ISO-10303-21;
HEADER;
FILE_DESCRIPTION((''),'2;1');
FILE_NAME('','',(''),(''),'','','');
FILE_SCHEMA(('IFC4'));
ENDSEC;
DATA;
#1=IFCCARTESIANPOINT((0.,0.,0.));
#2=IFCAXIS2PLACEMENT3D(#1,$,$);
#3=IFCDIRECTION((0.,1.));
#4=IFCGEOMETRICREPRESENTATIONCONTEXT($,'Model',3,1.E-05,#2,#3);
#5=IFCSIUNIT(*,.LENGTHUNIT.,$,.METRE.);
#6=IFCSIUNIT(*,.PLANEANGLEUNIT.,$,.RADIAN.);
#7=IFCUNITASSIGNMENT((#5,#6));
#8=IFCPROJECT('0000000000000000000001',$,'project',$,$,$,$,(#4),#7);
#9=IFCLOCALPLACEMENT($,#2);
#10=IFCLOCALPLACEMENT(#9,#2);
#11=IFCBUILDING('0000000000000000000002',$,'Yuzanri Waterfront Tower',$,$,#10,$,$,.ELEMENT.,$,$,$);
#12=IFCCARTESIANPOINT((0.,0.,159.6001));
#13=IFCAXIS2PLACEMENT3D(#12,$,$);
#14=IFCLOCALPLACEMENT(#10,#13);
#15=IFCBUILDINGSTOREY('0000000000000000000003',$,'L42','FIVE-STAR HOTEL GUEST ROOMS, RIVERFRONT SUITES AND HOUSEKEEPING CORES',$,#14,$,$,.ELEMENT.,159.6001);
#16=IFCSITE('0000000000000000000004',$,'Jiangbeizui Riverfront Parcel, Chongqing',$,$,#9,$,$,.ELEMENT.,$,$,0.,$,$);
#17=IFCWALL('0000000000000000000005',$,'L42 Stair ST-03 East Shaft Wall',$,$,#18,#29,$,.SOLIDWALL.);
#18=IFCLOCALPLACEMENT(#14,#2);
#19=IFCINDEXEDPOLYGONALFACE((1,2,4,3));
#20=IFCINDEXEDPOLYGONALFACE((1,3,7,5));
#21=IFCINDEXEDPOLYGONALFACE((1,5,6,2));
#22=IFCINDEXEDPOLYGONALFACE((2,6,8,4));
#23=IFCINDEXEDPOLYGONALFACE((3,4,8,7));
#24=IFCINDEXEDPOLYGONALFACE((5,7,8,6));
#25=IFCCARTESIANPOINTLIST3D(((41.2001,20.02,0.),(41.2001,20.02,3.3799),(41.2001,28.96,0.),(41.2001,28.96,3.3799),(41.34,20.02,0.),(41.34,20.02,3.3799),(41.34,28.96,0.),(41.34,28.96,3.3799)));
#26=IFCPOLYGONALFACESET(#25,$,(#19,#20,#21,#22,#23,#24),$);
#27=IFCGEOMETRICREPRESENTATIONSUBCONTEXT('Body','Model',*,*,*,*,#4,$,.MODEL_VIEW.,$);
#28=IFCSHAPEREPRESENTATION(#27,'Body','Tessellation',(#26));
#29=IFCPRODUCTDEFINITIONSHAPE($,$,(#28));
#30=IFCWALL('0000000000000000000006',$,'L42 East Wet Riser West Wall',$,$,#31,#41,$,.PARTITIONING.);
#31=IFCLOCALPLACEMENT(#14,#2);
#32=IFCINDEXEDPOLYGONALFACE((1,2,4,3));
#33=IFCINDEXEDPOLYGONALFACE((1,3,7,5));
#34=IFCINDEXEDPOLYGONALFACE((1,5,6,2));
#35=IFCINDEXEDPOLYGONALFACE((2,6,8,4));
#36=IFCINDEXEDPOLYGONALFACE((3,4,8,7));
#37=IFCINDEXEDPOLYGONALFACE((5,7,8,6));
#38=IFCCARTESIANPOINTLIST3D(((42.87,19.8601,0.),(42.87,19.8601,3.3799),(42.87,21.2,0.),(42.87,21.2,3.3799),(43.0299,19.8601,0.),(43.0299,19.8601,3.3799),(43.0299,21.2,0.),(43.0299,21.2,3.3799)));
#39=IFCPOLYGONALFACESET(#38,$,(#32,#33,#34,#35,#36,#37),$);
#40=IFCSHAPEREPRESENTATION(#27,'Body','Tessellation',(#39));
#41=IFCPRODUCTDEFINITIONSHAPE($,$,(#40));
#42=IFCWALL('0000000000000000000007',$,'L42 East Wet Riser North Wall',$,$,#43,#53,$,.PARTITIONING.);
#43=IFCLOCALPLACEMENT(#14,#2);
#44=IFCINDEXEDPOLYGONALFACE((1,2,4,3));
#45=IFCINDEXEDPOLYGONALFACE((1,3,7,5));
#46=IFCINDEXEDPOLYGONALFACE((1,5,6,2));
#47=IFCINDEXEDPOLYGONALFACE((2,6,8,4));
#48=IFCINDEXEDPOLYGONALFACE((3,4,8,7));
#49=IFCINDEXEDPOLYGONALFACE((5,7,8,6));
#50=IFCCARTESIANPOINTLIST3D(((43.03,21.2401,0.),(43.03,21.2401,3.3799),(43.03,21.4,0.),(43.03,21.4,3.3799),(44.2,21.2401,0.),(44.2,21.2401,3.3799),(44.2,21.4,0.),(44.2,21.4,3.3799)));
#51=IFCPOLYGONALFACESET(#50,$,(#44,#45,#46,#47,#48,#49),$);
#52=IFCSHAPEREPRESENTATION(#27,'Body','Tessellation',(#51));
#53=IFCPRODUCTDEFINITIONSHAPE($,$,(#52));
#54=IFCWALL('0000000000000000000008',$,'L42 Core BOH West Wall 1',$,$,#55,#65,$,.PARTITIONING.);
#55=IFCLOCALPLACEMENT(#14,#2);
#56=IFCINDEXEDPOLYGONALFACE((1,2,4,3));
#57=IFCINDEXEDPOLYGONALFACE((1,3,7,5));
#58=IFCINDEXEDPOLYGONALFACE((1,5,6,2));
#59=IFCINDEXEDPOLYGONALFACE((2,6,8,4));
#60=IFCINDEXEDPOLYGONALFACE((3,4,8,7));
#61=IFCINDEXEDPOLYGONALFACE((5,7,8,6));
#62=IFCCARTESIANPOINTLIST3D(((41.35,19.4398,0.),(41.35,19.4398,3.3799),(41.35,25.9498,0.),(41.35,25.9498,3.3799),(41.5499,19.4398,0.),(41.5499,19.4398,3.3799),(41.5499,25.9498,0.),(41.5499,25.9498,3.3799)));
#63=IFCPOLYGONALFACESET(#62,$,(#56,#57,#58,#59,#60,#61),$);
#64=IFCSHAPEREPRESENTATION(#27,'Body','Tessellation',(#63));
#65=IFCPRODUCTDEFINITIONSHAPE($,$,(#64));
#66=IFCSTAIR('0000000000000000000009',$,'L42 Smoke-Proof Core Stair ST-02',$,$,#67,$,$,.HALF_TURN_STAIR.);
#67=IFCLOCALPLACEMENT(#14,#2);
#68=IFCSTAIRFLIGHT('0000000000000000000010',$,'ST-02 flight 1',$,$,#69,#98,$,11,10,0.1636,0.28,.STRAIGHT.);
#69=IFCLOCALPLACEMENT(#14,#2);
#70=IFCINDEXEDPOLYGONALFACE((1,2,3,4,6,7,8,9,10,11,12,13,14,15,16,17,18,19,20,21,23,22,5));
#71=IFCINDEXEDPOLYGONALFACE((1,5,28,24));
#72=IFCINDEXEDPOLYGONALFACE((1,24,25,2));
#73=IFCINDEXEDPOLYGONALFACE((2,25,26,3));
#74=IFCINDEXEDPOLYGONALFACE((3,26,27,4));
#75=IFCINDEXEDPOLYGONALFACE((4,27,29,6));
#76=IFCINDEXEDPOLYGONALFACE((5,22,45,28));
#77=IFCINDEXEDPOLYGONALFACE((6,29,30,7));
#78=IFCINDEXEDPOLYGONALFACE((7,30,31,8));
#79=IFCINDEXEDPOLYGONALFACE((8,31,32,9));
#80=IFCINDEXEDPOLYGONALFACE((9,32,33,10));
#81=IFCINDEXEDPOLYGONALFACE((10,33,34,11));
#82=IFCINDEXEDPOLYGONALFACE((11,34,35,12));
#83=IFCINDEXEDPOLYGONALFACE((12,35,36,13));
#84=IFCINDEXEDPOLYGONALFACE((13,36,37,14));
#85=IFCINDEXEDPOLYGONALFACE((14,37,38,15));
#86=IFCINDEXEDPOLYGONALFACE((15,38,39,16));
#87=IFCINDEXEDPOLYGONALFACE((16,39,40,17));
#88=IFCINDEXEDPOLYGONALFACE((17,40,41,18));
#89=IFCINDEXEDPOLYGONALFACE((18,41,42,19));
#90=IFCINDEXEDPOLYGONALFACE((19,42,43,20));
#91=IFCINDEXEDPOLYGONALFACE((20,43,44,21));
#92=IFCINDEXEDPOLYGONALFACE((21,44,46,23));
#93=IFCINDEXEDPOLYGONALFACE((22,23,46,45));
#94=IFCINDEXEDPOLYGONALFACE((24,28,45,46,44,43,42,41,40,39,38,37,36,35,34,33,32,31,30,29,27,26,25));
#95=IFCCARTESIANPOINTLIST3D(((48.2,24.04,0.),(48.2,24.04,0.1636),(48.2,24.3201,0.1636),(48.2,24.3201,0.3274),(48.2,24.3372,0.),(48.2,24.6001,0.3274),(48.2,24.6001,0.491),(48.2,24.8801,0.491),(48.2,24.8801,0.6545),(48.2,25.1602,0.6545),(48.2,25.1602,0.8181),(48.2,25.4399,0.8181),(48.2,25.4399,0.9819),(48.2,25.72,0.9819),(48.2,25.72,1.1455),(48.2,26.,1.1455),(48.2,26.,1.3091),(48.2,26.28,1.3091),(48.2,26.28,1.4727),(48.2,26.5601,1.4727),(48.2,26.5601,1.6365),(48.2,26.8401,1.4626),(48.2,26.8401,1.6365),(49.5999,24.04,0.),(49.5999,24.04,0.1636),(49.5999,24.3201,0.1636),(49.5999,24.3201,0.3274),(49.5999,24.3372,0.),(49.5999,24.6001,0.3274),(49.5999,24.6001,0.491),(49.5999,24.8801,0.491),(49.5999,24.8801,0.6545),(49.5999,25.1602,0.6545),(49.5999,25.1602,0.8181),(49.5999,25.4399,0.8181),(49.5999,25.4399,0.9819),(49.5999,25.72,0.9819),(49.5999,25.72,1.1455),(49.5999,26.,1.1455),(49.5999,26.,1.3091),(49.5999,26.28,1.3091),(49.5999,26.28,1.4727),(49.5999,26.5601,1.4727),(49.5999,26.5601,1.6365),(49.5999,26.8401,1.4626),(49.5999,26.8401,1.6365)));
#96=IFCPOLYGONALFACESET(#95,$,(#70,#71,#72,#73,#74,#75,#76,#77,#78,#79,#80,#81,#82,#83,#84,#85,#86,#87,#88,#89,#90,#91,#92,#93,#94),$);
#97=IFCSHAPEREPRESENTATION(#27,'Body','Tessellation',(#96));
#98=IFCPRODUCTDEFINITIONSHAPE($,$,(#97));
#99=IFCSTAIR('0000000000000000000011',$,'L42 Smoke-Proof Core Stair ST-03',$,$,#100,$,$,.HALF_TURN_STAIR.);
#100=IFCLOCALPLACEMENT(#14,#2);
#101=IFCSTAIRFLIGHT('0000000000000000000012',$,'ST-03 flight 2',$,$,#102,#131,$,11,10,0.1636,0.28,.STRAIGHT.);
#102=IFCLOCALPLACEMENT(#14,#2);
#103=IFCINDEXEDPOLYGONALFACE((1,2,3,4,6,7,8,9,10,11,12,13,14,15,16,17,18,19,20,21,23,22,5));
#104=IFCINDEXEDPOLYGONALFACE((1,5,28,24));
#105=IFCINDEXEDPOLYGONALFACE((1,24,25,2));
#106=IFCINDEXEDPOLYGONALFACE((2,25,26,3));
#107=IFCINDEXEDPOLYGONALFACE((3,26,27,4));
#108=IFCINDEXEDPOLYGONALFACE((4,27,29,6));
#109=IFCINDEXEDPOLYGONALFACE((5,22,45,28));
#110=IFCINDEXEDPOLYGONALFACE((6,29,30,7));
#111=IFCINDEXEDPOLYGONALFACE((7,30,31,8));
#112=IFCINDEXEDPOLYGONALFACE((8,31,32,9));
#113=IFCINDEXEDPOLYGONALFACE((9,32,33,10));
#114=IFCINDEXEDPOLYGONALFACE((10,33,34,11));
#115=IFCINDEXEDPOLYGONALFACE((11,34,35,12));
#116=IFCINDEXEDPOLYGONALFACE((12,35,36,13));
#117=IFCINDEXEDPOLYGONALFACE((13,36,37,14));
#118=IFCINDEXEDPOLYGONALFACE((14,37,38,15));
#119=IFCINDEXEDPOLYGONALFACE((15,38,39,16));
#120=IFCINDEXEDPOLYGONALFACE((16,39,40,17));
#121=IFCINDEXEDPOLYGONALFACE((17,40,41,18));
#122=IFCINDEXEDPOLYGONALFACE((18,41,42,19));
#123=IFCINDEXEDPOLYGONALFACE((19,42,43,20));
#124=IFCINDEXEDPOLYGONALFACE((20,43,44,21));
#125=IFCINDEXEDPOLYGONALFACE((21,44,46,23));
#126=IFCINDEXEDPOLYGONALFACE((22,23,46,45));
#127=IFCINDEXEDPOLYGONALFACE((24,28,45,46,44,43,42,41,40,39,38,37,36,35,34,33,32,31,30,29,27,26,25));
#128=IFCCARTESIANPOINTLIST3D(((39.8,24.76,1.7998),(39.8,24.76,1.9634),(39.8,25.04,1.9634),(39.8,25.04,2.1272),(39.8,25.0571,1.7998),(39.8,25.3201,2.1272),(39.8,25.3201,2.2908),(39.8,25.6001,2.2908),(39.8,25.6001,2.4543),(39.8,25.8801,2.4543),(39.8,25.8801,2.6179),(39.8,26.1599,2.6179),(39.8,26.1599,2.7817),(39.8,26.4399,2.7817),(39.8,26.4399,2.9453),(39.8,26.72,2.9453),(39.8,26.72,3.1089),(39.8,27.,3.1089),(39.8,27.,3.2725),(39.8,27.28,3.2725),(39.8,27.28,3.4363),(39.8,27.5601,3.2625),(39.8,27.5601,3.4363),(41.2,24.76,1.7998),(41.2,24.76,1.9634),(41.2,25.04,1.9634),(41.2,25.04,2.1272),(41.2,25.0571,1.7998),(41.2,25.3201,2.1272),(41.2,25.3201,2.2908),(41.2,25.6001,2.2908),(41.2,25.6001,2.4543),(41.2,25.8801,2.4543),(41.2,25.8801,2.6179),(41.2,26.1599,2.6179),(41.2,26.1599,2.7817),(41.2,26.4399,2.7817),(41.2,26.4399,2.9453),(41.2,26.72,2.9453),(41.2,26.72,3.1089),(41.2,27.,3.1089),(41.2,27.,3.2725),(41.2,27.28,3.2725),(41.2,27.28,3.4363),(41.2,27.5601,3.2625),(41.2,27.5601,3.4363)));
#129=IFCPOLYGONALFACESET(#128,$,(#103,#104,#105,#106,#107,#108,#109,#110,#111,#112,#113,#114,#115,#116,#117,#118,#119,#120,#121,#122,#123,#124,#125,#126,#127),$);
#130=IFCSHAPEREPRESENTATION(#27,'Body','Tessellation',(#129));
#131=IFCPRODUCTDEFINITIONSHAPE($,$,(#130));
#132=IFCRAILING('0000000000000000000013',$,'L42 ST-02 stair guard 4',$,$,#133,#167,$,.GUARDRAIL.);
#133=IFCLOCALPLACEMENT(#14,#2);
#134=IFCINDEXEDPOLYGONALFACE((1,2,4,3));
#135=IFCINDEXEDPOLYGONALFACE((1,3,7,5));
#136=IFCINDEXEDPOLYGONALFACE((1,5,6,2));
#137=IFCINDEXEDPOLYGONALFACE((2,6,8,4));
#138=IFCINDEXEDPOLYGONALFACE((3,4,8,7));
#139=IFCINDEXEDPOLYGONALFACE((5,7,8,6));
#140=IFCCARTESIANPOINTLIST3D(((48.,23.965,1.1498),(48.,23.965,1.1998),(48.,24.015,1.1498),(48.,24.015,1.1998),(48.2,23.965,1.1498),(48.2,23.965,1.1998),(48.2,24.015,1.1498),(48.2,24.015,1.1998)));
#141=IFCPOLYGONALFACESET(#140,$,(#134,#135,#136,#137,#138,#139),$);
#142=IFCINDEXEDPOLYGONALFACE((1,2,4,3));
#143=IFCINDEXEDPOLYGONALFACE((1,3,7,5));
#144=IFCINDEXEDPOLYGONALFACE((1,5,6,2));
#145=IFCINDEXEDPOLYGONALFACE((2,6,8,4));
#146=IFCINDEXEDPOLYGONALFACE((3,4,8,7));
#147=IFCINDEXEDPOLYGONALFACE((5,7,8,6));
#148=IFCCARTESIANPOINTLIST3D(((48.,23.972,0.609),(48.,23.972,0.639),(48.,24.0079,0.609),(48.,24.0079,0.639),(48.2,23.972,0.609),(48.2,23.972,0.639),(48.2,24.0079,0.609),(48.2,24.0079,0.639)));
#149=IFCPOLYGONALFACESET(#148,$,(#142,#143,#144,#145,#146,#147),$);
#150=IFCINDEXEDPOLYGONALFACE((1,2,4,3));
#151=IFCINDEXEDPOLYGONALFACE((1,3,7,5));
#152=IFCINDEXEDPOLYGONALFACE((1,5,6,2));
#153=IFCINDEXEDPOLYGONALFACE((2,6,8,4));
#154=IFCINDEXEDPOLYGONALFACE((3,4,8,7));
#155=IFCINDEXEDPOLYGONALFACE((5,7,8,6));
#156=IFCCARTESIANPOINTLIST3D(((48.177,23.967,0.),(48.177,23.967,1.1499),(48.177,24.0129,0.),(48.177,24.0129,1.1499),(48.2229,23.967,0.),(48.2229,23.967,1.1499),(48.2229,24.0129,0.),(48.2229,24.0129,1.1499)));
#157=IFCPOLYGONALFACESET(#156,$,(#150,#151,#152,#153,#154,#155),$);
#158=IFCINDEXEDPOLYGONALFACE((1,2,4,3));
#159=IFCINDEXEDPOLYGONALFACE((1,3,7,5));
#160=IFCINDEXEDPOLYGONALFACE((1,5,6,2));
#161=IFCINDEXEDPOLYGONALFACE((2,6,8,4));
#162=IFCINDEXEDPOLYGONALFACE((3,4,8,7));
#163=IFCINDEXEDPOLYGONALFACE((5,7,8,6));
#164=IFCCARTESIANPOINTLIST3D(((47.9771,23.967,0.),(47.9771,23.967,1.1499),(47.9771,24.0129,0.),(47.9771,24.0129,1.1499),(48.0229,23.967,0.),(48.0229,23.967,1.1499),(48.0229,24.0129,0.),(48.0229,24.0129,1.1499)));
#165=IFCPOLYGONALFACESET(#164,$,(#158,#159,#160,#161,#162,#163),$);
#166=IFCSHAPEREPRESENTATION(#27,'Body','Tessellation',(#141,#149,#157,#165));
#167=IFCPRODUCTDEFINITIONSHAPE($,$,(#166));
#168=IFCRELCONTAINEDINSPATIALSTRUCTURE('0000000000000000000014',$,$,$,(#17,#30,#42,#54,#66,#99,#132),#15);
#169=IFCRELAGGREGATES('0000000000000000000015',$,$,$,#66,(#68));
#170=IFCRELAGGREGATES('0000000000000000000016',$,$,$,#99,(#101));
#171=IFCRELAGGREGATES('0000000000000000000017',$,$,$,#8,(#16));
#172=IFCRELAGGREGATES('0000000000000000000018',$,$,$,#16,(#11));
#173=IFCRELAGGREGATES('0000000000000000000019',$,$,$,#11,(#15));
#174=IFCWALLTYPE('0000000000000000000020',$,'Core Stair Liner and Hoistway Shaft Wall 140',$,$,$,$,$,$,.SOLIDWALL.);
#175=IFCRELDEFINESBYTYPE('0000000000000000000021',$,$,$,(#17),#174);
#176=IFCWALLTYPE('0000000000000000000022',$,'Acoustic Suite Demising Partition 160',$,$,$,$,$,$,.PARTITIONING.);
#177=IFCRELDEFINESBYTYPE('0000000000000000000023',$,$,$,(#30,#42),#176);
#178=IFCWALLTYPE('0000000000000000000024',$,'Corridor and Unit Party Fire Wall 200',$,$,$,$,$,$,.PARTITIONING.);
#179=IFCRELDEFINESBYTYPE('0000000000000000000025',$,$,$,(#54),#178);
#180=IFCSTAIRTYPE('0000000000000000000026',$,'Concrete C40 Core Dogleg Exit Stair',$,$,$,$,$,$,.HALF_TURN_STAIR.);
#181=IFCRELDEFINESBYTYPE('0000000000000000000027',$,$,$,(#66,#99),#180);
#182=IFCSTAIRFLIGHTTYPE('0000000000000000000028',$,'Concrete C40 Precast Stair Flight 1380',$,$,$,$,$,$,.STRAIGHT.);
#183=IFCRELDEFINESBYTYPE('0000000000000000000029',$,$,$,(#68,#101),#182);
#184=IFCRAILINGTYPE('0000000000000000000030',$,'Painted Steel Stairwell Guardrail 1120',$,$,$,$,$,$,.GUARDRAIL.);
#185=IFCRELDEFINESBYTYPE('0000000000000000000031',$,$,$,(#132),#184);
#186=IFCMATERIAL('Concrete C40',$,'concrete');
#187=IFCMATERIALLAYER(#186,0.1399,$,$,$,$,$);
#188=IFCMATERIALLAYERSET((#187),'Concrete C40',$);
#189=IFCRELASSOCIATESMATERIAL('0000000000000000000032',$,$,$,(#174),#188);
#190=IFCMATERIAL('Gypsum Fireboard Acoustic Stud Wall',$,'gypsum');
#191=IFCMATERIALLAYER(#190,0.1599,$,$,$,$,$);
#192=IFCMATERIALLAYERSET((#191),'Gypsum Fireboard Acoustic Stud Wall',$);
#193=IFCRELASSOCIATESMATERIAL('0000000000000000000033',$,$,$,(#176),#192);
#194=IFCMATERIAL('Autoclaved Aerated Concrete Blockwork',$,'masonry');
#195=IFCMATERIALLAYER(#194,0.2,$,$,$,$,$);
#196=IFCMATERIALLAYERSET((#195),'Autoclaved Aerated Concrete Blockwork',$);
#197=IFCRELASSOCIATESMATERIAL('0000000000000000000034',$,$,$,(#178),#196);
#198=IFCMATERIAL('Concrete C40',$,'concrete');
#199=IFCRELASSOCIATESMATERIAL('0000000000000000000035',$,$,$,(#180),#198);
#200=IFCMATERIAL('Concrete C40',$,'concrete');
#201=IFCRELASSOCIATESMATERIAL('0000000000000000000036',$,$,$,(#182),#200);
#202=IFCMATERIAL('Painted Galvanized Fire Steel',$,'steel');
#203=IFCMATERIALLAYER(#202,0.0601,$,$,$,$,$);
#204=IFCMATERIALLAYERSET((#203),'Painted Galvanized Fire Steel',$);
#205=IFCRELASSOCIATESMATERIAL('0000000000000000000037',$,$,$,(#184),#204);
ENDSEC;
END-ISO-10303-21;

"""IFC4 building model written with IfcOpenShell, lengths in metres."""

from ifc_helpers import new_model, si_unit, direction, frame, frame_2d, origin, origin_2d, place, context, subcontext, project, spatial, polyline, rectangle, outline, extrude, source, transform, mapped, material, layer, layer_set, type_object, element, aggregate, save


model = new_model("IFC4")

# Units and contexts
model_context = context("Model", 3, precision=1e-05, world=origin(), true_north=direction((0.0, 1.0)))
body_context = subcontext(model_context, "Body", "Model", "MODEL_VIEW")
ifc_project = project(units=[si_unit("LENGTHUNIT", "METRE"), si_unit("PLANEANGLEUNIT", "RADIAN")], contexts=[model_context])

# Site, building, storey
site_placement = place(None, origin())
site = spatial("IfcSite", under=ifc_project, at=site_placement, Name="Jiangbeizui Riverfront Parcel, Chongqing", CompositionType="ELEMENT", RefElevation=0.0)
building_placement = place(site_placement, origin())
building = spatial("IfcBuilding", under=site, at=building_placement, Name="Yuzanri Waterfront Tower", CompositionType="ELEMENT")
storey_placement = place(building_placement, frame((0.0, 0.0, 159.6001)))
storey = spatial("IfcBuildingStorey", under=building, at=storey_placement, Name="L42", Description="FIVE-STAR HOTEL GUEST ROOMS, RIVERFRONT SUITES AND HOUSEKEEPING CORES", CompositionType="ELEMENT", Elevation=159.6001)

# Shared definitions
ifc_material_1 = material(Name="Concrete C40", Category="concrete")
ifc_layer_1 = layer(ifc_material_1, 0.1399)
ifc_layer_set_1 = layer_set([ifc_layer_1], Name="Concrete C40")
wall_type_1 = type_object("IfcWallType", Name="Core Stair Liner and Hoistway Shaft Wall 140", PredefinedType="SOLIDWALL", material=ifc_layer_set_1)

# Walls
shared_shape_1 = source(origin(), body_context, "Body", "SweptSolid", [
    extrude(rectangle(XDim=8.9399, YDim=0.1399, at=frame_2d((4.47, 0.0))), origin(), (0.0, 0.0, 1.0), 3.3799),
])
wall_1_placement = place(storey_placement, frame((41.27, 20.02, 0.0), z_axis=(0.0, 0.0, 1.0), x_axis=(0.0, 1.0, 0.0)))
element("IfcWall", 1, at=wall_1_placement, inside=storey, type_object=wall_type_1, Name="L42 Stair ST-03 East Shaft Wall", PredefinedType="SOLIDWALL", context=body_context, shape_type="MappedRepresentation", body=[
    mapped(shared_shape_1, transform((0.0, 0.0, 0.0), scale=1.0)),
])
ifc_material_2 = material(Name="Gypsum Fireboard Acoustic Stud Wall", Category="gypsum")
ifc_layer_2 = layer(ifc_material_2, 0.1599)
ifc_layer_set_2 = layer_set([ifc_layer_2], Name="Gypsum Fireboard Acoustic Stud Wall")
wall_type_2 = type_object("IfcWallType", Name="Acoustic Suite Demising Partition 160", PredefinedType="PARTITIONING", material=ifc_layer_set_2)
shared_shape_2 = source(origin(), body_context, "Body", "SweptSolid", [
    extrude(rectangle(XDim=1.3398, YDim=0.1599, at=frame_2d((0.6699, 0.0))), origin(), (0.0, 0.0, 1.0), 3.3799),
])
wall_2_placement = place(storey_placement, frame((42.95, 19.8601, 0.0), z_axis=(0.0, 0.0, 1.0), x_axis=(0.0, 1.0, 0.0)))
element("IfcWall", 2, at=wall_2_placement, inside=storey, type_object=wall_type_2, Name="L42 East Wet Riser West Wall", PredefinedType="PARTITIONING", context=body_context, shape_type="MappedRepresentation", body=[
    mapped(shared_shape_2, transform((0.0, 0.0, 0.0), scale=1.0)),
])
shared_shape_3 = source(origin(), body_context, "Body", "SweptSolid", [
    extrude(rectangle(XDim=1.1699, YDim=0.1599, at=frame_2d((0.585, 0.0))), origin(), (0.0, 0.0, 1.0), 3.3799),
])
wall_3_placement = place(storey_placement, frame((43.03, 21.3201, 0.0), z_axis=(0.0, 0.0, 1.0), x_axis=(1.0, 0.0, 0.0)))
element("IfcWall", 3, at=wall_3_placement, inside=storey, type_object=wall_type_2, Name="L42 East Wet Riser North Wall", PredefinedType="PARTITIONING", context=body_context, shape_type="MappedRepresentation", body=[
    mapped(shared_shape_3, transform((0.0, 0.0, 0.0), scale=1.0)),
])
ifc_material_3 = material(Name="Autoclaved Aerated Concrete Blockwork", Category="masonry")
ifc_layer_3 = layer(ifc_material_3, 0.2)
ifc_layer_set_3 = layer_set([ifc_layer_3], Name="Autoclaved Aerated Concrete Blockwork")
wall_type_3 = type_object("IfcWallType", Name="Corridor and Unit Party Fire Wall 200", PredefinedType="PARTITIONING", material=ifc_layer_set_3)
shared_shape_4 = source(origin(), body_context, "Body", "SweptSolid", [
    extrude(rectangle(XDim=6.51, YDim=0.2, at=frame_2d((3.2549, 0.0))), origin(), (0.0, 0.0, 1.0), 3.3799),
])
wall_4_placement = place(storey_placement, frame((41.45, 19.4399, 0.0), z_axis=(0.0, 0.0, 1.0), x_axis=(0.0, 1.0, 0.0)))
element("IfcWall", 4, at=wall_4_placement, inside=storey, type_object=wall_type_3, Name="L42 Core BOH West Wall 1", PredefinedType="PARTITIONING", context=body_context, shape_type="MappedRepresentation", body=[
    mapped(shared_shape_4, transform((0.0, 0.0, 0.0), scale=1.0)),
])

# Stairs, stair flights
ifc_material_4 = material(Name="Concrete C40", Category="concrete")
stair_type = type_object("IfcStairType", Name="Concrete C40 Core Dogleg Exit Stair", PredefinedType="HALF_TURN_STAIR", material=ifc_material_4)
stair_1_placement = place(storey_placement, origin())
stair_1 = element("IfcStair", 5, at=stair_1_placement, inside=storey, type_object=stair_type, Name="L42 Smoke-Proof Core Stair ST-02", PredefinedType="HALF_TURN_STAIR")
ifc_material_5 = material(Name="Concrete C40", Category="concrete")
stair_flight_type = type_object("IfcStairFlightType", Name="Concrete C40 Precast Stair Flight 1380", PredefinedType="STRAIGHT", material=ifc_material_5)
shared_shape_5 = source(origin(), body_context, "Body", "SweptSolid", [
    extrude(outline(polyline([(0.0, 0.0), (0.0, 0.1636), (0.28, 0.1636), (0.28, 0.3274), (0.5601, 0.3274), (0.5601, 0.491), (0.8401, 0.491), (0.8401, 0.6545), (1.1201, 0.6545), (1.1201, 0.8181), (1.3999, 0.8181), (1.3999, 0.9819), (1.6799, 0.9819), (1.6799, 1.1455), (1.96, 1.1455), (1.96, 1.3091), (2.24, 1.3091), (2.24, 1.4727), (2.52, 1.4727), (2.52, 1.6365), (2.8, 1.6365), (2.8, 1.8), (2.8, 1.4626), (0.2971, 0.0), (0.0, 0.0)])), frame((0.0, 0.7, 0.0), z_axis=(0.0, -1.0, 0.0), x_axis=(1.0, 0.0, 0.0)), (0.0, 0.0, 1.0), 1.3999),
])
stair_flight_1_placement = place(storey_placement, frame((48.8999, 24.04, 0.0), z_axis=(0.0, 0.0, 1.0), x_axis=(0.0, 1.0, 0.0)))
stair_flight_1 = element("IfcStairFlight", 6, at=stair_flight_1_placement, type_object=stair_flight_type, Name="ST-02 flight 1", NumberOfRisers=11, NumberOfTreads=10, PredefinedType="STRAIGHT", RiserHeight=0.1636, TreadLength=0.28, context=body_context, shape_type="MappedRepresentation", body=[
    mapped(shared_shape_5, transform((0.0, 0.0, 0.0), scale=1.0)),
])
aggregate(stair_1, [stair_flight_1])
stair_2_placement = place(storey_placement, origin())
stair_2 = element("IfcStair", 7, at=stair_2_placement, inside=storey, type_object=stair_type, Name="L42 Smoke-Proof Core Stair ST-03", PredefinedType="HALF_TURN_STAIR")
stair_flight_2_placement = place(storey_placement, frame((40.5, 24.76, 1.7998), z_axis=(0.0, 0.0, 1.0), x_axis=(0.0, 1.0, 0.0)))
stair_flight_2 = element("IfcStairFlight", 8, at=stair_flight_2_placement, type_object=stair_flight_type, Name="ST-03 flight 2", NumberOfRisers=11, NumberOfTreads=10, PredefinedType="STRAIGHT", RiserHeight=0.1636, TreadLength=0.28, context=body_context, shape_type="MappedRepresentation", body=[
    mapped(shared_shape_5, transform((0.0, 0.0, 0.0), scale=1.0)),
])
aggregate(stair_2, [stair_flight_2])

# Railing
ifc_material_6 = material(Name="Painted Galvanized Fire Steel", Category="steel")
ifc_layer_4 = layer(ifc_material_6, 0.0601)
ifc_layer_set_4 = layer_set([ifc_layer_4], Name="Painted Galvanized Fire Steel")
railing_type_1 = type_object("IfcRailingType", Name="Painted Steel Stairwell Guardrail 1120", PredefinedType="GUARDRAIL", material=ifc_layer_set_4)
shared_shape_6 = source(origin(), body_context, "Body", "SweptSolid", [
    extrude(rectangle(XDim=0.05, YDim=0.05, at=origin_2d()), frame((0.0, 0.0, 1.1748), z_axis=(-1.0, 0.0, 0.0), x_axis=(0.0, -1.0, 0.0)), (0.0, 0.0, 1.0), 0.2),
    extrude(rectangle(XDim=0.0359, YDim=0.03, at=origin_2d()), frame((0.0, 0.0, 0.624), z_axis=(-1.0, 0.0, 0.0), x_axis=(0.0, -1.0, 0.0)), (0.0, 0.0, 1.0), 0.2),
    extrude(rectangle(XDim=0.0459, YDim=0.0459, at=origin_2d()), origin(), (0.0, 0.0, 1.0), 1.1499),
    extrude(rectangle(XDim=0.0459, YDim=0.0459, at=origin_2d()), frame((-0.2, 0.0, 0.0)), (0.0, 0.0, 1.0), 1.1499),
])
railing_1_placement = place(storey_placement, frame((48.2, 23.99, 0.0)))
element("IfcRailing", 9, at=railing_1_placement, inside=storey, type_object=railing_type_1, Name="L42 ST-02 stair guard 4", PredefinedType="GUARDRAIL", context=body_context, shape_type="MappedRepresentation", body=[
    mapped(shared_shape_6, transform((0.0, 0.0, 0.0), scale=1.0)),
])

save(model, "model.ifc")
